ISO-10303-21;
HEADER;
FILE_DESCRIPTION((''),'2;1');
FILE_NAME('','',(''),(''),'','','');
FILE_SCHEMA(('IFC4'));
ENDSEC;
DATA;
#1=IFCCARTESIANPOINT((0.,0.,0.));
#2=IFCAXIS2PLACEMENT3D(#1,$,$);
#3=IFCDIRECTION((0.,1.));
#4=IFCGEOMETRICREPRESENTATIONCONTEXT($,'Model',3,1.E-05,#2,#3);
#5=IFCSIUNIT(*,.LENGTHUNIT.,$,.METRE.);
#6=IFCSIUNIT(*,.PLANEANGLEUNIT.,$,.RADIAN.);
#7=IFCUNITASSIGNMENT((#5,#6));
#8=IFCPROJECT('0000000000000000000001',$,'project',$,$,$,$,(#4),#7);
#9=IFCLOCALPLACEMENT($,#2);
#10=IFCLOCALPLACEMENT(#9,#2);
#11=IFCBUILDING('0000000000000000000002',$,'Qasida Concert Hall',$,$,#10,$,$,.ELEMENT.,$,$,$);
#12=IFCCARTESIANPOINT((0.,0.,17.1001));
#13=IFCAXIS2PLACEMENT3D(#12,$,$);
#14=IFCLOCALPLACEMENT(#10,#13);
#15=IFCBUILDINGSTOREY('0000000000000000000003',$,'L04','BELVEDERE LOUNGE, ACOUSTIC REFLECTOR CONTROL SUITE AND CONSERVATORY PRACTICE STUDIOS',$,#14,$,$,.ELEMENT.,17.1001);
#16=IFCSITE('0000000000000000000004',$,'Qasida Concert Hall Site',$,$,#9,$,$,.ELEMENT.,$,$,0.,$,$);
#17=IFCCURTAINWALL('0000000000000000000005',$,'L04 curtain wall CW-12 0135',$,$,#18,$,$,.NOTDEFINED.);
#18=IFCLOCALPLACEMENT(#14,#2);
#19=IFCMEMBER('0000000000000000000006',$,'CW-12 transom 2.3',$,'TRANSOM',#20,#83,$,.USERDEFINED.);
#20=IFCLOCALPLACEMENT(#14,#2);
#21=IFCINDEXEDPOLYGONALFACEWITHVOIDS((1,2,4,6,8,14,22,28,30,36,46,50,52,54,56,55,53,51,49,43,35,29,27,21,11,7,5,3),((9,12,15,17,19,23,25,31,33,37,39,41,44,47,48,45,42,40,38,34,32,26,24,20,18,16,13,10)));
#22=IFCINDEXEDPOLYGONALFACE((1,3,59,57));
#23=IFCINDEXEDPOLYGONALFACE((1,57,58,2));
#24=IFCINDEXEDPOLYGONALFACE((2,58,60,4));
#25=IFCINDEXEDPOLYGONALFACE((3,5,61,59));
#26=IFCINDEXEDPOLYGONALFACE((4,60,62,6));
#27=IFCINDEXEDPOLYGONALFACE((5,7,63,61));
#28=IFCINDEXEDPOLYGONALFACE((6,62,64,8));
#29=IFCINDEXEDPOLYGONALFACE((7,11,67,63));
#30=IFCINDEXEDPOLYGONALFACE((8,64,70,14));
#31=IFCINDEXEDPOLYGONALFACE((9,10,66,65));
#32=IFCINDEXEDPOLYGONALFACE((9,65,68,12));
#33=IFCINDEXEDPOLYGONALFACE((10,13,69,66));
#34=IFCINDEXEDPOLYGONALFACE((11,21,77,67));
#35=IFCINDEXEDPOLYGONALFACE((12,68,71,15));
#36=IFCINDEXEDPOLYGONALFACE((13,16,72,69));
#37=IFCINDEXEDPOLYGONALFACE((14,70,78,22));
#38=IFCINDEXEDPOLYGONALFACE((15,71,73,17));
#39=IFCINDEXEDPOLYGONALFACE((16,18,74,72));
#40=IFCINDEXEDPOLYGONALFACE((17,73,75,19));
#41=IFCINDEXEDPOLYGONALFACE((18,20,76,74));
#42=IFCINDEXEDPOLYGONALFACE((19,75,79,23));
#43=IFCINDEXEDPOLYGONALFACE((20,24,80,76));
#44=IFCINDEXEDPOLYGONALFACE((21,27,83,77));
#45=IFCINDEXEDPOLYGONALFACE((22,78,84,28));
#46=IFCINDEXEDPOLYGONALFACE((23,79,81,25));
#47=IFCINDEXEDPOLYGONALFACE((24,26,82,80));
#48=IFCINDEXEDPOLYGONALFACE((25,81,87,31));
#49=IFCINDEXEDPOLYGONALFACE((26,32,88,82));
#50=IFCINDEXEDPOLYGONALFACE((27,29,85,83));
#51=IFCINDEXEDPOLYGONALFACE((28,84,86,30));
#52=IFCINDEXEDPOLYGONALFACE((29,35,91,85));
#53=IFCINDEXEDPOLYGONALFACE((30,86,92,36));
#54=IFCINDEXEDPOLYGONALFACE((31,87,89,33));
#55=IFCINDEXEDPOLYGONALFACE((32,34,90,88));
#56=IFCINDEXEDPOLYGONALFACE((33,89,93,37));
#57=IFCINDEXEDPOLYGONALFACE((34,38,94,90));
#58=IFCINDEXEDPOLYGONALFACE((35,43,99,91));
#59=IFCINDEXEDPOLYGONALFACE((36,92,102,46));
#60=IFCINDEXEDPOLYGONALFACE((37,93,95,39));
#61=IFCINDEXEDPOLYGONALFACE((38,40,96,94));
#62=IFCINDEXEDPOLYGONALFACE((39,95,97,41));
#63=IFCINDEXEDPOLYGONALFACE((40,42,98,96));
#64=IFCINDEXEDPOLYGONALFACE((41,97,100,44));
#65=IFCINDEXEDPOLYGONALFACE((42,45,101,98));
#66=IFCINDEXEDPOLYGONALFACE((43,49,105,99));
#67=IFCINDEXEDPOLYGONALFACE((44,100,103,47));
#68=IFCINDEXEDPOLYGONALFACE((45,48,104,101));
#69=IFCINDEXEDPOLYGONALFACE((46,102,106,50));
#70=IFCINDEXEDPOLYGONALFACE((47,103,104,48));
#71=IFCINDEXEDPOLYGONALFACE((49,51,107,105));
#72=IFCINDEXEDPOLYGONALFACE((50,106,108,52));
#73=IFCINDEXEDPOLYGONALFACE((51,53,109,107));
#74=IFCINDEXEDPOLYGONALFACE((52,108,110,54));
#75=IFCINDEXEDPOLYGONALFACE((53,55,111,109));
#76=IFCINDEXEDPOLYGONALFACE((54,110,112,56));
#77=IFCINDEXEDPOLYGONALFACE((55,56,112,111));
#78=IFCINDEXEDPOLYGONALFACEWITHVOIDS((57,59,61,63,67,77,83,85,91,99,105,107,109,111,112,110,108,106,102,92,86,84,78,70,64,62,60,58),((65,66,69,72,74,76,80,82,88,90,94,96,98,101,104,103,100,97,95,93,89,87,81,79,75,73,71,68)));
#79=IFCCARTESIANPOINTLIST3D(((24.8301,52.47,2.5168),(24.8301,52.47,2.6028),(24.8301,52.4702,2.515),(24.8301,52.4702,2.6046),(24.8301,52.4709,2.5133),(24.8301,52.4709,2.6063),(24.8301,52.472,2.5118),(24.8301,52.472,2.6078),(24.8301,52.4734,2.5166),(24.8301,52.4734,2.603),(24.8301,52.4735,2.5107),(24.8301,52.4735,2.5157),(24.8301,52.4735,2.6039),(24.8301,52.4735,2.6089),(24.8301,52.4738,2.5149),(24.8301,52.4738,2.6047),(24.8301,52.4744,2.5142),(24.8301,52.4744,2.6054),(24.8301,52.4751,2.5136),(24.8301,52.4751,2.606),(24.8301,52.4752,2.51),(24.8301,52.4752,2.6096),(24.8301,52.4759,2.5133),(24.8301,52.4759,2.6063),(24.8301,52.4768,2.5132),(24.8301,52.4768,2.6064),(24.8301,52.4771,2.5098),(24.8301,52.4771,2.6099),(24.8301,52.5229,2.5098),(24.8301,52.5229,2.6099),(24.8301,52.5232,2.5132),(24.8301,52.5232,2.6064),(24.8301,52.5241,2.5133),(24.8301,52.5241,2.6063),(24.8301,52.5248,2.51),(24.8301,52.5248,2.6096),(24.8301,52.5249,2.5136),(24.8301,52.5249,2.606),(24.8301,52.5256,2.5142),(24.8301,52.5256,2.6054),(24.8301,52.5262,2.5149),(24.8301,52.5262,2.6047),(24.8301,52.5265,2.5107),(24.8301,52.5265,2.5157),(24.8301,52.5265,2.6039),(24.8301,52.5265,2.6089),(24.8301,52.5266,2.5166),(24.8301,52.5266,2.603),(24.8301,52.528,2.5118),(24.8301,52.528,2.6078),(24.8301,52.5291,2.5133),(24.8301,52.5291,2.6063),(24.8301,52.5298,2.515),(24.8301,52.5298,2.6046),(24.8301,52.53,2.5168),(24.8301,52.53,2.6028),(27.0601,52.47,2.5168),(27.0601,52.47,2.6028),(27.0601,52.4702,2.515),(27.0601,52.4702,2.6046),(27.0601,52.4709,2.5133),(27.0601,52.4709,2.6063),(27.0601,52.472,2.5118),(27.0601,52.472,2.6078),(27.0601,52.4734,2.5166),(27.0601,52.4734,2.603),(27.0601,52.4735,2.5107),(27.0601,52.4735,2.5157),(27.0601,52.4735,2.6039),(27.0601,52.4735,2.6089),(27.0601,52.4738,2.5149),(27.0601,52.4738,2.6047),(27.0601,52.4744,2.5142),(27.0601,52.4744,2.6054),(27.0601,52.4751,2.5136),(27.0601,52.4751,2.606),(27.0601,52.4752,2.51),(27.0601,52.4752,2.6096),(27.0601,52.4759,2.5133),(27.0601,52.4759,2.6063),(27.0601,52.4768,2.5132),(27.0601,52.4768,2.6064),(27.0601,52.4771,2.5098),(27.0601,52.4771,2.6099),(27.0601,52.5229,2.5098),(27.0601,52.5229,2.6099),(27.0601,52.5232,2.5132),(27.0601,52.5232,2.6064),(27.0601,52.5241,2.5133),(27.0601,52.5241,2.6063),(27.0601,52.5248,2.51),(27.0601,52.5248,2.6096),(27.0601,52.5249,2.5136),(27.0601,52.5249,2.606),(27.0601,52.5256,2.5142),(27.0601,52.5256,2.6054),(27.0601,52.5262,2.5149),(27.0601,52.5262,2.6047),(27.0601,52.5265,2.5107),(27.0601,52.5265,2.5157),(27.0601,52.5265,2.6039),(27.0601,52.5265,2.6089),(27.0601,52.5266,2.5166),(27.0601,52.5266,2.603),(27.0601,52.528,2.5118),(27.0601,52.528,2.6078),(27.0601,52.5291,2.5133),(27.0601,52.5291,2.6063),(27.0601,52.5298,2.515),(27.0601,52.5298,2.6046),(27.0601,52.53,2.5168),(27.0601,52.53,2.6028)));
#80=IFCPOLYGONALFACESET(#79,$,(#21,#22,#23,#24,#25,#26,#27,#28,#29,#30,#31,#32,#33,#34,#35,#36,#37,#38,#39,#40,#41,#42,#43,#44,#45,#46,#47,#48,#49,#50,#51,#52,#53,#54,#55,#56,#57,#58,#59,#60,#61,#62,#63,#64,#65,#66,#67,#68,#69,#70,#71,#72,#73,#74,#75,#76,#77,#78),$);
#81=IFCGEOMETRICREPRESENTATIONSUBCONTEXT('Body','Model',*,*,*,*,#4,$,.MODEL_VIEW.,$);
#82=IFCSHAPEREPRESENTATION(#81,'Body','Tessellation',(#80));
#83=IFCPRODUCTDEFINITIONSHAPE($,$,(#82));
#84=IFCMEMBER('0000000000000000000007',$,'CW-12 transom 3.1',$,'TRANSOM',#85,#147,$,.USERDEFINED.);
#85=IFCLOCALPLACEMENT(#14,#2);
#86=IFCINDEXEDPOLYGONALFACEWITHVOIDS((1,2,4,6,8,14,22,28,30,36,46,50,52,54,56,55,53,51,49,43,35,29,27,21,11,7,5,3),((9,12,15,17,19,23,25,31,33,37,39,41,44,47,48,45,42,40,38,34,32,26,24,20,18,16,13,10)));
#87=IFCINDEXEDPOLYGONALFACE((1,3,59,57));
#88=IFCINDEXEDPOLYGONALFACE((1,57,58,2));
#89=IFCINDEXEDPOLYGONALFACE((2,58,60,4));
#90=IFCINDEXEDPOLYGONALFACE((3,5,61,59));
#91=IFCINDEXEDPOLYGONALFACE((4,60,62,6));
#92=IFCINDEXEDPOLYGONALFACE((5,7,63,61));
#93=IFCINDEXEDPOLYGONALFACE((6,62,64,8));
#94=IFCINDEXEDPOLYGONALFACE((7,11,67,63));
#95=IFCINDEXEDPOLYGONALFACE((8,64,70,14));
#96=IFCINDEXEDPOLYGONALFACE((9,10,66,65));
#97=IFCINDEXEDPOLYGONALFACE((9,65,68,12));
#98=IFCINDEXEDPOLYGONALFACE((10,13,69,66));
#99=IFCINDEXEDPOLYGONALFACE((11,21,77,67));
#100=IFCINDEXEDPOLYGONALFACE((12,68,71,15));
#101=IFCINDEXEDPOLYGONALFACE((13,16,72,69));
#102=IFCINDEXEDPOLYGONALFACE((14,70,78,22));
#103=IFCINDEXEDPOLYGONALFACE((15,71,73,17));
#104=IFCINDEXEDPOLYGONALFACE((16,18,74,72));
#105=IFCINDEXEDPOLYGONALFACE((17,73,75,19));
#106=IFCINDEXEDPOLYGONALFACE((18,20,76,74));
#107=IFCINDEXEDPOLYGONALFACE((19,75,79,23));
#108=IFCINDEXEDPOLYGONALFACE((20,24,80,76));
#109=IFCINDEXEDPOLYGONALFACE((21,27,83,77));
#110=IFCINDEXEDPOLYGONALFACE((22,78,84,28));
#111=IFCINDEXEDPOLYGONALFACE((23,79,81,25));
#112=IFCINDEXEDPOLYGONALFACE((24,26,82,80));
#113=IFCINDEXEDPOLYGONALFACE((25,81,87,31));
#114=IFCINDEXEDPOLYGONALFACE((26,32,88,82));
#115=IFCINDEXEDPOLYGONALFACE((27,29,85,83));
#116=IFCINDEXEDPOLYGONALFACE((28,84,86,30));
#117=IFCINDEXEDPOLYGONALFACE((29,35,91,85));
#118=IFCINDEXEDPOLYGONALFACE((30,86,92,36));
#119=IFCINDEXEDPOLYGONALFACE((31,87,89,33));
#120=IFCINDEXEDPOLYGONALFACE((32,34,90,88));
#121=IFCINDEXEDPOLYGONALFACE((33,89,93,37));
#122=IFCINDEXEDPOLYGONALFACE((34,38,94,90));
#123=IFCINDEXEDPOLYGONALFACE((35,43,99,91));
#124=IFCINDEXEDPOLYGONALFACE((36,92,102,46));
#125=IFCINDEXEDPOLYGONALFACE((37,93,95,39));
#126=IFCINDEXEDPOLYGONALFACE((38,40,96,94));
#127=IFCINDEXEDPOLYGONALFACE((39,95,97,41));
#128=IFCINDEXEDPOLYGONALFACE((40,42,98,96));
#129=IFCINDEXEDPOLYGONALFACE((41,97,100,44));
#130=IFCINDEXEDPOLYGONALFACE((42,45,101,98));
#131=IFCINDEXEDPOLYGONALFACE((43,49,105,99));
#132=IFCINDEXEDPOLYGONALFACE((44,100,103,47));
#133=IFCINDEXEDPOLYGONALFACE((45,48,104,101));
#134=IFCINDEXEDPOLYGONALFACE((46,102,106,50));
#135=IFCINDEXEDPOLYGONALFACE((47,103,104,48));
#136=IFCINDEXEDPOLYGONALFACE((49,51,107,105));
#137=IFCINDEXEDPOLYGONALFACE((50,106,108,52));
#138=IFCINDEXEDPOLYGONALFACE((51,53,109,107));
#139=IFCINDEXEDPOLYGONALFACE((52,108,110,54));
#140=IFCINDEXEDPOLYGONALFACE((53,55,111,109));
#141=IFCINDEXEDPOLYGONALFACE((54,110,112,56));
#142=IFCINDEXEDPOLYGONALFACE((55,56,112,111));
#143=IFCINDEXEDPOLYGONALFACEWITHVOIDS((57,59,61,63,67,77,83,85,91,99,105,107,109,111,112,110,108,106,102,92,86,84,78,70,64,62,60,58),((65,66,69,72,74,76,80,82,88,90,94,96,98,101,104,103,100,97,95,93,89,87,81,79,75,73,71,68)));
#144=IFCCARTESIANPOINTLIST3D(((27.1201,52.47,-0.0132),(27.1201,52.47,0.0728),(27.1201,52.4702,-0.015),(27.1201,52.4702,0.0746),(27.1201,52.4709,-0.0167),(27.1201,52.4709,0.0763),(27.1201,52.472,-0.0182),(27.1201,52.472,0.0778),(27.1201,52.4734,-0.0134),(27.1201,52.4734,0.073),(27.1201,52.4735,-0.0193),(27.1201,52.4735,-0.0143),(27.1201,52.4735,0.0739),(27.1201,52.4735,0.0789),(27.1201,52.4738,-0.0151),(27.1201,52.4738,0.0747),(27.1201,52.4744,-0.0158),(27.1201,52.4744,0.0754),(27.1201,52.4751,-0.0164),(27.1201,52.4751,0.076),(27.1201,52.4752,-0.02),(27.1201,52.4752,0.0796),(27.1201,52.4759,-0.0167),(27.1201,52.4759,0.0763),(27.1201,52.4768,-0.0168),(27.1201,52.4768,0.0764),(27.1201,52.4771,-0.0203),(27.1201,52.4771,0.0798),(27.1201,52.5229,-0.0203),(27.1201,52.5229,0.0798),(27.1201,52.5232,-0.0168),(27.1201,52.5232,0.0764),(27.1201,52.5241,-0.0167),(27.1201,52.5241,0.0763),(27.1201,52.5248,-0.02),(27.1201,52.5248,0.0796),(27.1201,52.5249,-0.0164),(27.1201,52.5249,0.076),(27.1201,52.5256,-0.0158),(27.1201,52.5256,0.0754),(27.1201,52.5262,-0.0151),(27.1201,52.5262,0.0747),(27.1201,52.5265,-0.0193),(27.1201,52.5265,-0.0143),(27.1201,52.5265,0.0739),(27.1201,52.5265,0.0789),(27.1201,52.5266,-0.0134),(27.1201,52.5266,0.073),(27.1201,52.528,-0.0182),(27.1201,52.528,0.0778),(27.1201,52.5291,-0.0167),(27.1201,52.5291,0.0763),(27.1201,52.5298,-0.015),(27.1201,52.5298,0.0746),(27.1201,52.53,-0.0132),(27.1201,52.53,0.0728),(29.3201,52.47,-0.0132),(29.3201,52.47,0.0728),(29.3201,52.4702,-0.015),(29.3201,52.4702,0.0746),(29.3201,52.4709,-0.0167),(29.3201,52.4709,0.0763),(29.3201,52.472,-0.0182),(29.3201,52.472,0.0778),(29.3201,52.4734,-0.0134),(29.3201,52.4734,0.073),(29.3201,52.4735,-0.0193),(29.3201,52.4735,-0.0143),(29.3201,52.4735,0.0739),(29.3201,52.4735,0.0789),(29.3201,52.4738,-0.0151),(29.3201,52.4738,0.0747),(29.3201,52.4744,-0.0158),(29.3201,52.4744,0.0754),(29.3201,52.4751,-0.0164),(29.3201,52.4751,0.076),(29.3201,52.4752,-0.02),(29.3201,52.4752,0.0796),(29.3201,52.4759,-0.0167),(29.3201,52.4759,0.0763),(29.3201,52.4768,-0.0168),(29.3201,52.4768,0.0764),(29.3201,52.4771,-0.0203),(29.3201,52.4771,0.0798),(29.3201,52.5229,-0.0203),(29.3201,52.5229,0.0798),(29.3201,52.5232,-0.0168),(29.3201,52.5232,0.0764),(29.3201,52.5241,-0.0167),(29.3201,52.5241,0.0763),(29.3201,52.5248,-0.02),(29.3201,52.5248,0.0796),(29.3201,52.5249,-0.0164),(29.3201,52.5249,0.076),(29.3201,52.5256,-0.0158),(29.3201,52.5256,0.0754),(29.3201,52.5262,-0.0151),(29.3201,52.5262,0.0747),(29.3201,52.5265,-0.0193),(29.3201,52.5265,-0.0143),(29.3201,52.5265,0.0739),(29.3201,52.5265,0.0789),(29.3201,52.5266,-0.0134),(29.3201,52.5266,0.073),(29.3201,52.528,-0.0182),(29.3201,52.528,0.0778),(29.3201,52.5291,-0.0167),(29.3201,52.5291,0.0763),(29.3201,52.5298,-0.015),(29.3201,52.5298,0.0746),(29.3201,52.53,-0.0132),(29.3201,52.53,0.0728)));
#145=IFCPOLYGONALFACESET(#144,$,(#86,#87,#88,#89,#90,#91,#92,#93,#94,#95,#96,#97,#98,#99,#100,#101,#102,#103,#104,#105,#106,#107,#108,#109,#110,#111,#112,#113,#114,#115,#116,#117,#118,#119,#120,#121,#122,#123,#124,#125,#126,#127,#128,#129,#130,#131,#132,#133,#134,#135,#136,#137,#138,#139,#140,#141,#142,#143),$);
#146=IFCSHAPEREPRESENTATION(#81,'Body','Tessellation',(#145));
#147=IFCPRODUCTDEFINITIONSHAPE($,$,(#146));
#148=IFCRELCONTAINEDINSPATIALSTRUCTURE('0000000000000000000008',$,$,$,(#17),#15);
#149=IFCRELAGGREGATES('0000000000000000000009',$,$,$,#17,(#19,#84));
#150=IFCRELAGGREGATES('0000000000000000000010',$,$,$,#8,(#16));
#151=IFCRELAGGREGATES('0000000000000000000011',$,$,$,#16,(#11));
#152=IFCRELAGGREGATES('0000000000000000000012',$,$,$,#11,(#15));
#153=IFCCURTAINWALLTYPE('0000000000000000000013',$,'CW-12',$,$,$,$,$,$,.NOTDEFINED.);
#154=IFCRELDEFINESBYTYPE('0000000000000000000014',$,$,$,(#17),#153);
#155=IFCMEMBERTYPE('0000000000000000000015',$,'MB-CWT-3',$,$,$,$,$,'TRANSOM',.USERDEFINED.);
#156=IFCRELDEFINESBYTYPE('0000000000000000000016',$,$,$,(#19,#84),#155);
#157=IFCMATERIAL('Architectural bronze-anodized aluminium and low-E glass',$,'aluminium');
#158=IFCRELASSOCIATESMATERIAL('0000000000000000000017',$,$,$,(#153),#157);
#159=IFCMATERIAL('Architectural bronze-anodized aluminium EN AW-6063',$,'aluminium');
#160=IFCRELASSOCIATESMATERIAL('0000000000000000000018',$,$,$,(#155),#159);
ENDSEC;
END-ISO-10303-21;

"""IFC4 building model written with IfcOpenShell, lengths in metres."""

from ifc_helpers import new_model, si_unit, direction, frame, origin, origin_2d, place, context, subcontext, project, spatial, hollow_rectangle, extrude, material, material_profile, profile_set, type_object, element, aggregate, save


model = new_model("IFC4")

# Units and contexts
model_context = context("Model", 3, precision=1e-05, world=origin(), true_north=direction((0.0, 1.0)))
body_context = subcontext(model_context, "Body", "Model", "MODEL_VIEW")
ifc_project = project(units=[si_unit("LENGTHUNIT", "METRE"), si_unit("PLANEANGLEUNIT", "RADIAN")], contexts=[model_context])

# Site, building, storey
site_placement = place(None, origin())
site = spatial("IfcSite", under=ifc_project, at=site_placement, Name="Qasida Concert Hall Site", CompositionType="ELEMENT", RefElevation=0.0)
building_placement = place(site_placement, origin())
building = spatial("IfcBuilding", under=site, at=building_placement, Name="Qasida Concert Hall", CompositionType="ELEMENT")
storey_placement = place(building_placement, frame((0.0, 0.0, 17.1001)))
storey = spatial("IfcBuildingStorey", under=building, at=storey_placement, Name="L04", Description="BELVEDERE LOUNGE, ACOUSTIC REFLECTOR CONTROL SUITE AND CONSERVATORY PRACTICE STUDIOS", CompositionType="ELEMENT", Elevation=17.1001)

# Shared definitions
ifc_material_1 = material(Name="Architectural bronze-anodized aluminium and low-E glass", Category="aluminium")
curtain_wall_type = type_object("IfcCurtainWallType", Name="CW-12", PredefinedType="NOTDEFINED", material=ifc_material_1)
ifc_material_2 = material(Name="Architectural bronze-anodized aluminium EN AW-6063", Category="aluminium")

# Curtain wall
curtain_wall_1_placement = place(storey_placement, origin())
curtain_wall_1 = element("IfcCurtainWall", 1, at=curtain_wall_1_placement, inside=storey, type_object=curtain_wall_type, Name="L04 curtain wall CW-12 0135", PredefinedType="NOTDEFINED")

# Members
ifc_material_profile_1 = material_profile(ifc_material_2, hollow_rectangle(XDim=0.0601, YDim=0.1001, WallThickness=0.0034, InnerFilletRadius=0.0034, OuterFilletRadius=0.0071, at=origin_2d()), Name="CWT 100x60x3.5")
ifc_profile_set_1 = profile_set([ifc_material_profile_1], Name="Architectural bronze-anodized aluminium EN AW-6063")
member_type_1 = type_object("IfcMemberType", Name="MB-CWT-3", ElementType="TRANSOM", PredefinedType="USERDEFINED", material=ifc_profile_set_1)
member_1_placement = place(storey_placement, frame((24.8301, 52.5, 2.5598), z_axis=(1.0, 0.0, 0.0), x_axis=(0.0, 1.0, 0.0)))
member_1 = element("IfcMember", 2, at=member_1_placement, type_object=member_type_1, Name="CW-12 transom 2.3", ObjectType="TRANSOM", PredefinedType="USERDEFINED", context=body_context, shape_type="SweptSolid", body=[
    extrude(hollow_rectangle(XDim=0.0601, YDim=0.1001, WallThickness=0.0034, InnerFilletRadius=0.0034, OuterFilletRadius=0.0071, at=origin_2d()), origin(), (0.0, 0.0, 1.0), 2.23),
])
member_2_placement = place(storey_placement, frame((27.1201, 52.5, 0.0298), z_axis=(1.0, 0.0, 0.0), x_axis=(0.0, 1.0, 0.0)))
member_2 = element("IfcMember", 3, at=member_2_placement, type_object=member_type_1, Name="CW-12 transom 3.1", ObjectType="TRANSOM", PredefinedType="USERDEFINED", context=body_context, shape_type="SweptSolid", body=[
    extrude(hollow_rectangle(XDim=0.0601, YDim=0.1001, WallThickness=0.0034, InnerFilletRadius=0.0034, OuterFilletRadius=0.0071, at=origin_2d()), origin(), (0.0, 0.0, 1.0), 2.2),
])

aggregate(curtain_wall_1, [member_1, member_2])

save(model, "model.ifc")
